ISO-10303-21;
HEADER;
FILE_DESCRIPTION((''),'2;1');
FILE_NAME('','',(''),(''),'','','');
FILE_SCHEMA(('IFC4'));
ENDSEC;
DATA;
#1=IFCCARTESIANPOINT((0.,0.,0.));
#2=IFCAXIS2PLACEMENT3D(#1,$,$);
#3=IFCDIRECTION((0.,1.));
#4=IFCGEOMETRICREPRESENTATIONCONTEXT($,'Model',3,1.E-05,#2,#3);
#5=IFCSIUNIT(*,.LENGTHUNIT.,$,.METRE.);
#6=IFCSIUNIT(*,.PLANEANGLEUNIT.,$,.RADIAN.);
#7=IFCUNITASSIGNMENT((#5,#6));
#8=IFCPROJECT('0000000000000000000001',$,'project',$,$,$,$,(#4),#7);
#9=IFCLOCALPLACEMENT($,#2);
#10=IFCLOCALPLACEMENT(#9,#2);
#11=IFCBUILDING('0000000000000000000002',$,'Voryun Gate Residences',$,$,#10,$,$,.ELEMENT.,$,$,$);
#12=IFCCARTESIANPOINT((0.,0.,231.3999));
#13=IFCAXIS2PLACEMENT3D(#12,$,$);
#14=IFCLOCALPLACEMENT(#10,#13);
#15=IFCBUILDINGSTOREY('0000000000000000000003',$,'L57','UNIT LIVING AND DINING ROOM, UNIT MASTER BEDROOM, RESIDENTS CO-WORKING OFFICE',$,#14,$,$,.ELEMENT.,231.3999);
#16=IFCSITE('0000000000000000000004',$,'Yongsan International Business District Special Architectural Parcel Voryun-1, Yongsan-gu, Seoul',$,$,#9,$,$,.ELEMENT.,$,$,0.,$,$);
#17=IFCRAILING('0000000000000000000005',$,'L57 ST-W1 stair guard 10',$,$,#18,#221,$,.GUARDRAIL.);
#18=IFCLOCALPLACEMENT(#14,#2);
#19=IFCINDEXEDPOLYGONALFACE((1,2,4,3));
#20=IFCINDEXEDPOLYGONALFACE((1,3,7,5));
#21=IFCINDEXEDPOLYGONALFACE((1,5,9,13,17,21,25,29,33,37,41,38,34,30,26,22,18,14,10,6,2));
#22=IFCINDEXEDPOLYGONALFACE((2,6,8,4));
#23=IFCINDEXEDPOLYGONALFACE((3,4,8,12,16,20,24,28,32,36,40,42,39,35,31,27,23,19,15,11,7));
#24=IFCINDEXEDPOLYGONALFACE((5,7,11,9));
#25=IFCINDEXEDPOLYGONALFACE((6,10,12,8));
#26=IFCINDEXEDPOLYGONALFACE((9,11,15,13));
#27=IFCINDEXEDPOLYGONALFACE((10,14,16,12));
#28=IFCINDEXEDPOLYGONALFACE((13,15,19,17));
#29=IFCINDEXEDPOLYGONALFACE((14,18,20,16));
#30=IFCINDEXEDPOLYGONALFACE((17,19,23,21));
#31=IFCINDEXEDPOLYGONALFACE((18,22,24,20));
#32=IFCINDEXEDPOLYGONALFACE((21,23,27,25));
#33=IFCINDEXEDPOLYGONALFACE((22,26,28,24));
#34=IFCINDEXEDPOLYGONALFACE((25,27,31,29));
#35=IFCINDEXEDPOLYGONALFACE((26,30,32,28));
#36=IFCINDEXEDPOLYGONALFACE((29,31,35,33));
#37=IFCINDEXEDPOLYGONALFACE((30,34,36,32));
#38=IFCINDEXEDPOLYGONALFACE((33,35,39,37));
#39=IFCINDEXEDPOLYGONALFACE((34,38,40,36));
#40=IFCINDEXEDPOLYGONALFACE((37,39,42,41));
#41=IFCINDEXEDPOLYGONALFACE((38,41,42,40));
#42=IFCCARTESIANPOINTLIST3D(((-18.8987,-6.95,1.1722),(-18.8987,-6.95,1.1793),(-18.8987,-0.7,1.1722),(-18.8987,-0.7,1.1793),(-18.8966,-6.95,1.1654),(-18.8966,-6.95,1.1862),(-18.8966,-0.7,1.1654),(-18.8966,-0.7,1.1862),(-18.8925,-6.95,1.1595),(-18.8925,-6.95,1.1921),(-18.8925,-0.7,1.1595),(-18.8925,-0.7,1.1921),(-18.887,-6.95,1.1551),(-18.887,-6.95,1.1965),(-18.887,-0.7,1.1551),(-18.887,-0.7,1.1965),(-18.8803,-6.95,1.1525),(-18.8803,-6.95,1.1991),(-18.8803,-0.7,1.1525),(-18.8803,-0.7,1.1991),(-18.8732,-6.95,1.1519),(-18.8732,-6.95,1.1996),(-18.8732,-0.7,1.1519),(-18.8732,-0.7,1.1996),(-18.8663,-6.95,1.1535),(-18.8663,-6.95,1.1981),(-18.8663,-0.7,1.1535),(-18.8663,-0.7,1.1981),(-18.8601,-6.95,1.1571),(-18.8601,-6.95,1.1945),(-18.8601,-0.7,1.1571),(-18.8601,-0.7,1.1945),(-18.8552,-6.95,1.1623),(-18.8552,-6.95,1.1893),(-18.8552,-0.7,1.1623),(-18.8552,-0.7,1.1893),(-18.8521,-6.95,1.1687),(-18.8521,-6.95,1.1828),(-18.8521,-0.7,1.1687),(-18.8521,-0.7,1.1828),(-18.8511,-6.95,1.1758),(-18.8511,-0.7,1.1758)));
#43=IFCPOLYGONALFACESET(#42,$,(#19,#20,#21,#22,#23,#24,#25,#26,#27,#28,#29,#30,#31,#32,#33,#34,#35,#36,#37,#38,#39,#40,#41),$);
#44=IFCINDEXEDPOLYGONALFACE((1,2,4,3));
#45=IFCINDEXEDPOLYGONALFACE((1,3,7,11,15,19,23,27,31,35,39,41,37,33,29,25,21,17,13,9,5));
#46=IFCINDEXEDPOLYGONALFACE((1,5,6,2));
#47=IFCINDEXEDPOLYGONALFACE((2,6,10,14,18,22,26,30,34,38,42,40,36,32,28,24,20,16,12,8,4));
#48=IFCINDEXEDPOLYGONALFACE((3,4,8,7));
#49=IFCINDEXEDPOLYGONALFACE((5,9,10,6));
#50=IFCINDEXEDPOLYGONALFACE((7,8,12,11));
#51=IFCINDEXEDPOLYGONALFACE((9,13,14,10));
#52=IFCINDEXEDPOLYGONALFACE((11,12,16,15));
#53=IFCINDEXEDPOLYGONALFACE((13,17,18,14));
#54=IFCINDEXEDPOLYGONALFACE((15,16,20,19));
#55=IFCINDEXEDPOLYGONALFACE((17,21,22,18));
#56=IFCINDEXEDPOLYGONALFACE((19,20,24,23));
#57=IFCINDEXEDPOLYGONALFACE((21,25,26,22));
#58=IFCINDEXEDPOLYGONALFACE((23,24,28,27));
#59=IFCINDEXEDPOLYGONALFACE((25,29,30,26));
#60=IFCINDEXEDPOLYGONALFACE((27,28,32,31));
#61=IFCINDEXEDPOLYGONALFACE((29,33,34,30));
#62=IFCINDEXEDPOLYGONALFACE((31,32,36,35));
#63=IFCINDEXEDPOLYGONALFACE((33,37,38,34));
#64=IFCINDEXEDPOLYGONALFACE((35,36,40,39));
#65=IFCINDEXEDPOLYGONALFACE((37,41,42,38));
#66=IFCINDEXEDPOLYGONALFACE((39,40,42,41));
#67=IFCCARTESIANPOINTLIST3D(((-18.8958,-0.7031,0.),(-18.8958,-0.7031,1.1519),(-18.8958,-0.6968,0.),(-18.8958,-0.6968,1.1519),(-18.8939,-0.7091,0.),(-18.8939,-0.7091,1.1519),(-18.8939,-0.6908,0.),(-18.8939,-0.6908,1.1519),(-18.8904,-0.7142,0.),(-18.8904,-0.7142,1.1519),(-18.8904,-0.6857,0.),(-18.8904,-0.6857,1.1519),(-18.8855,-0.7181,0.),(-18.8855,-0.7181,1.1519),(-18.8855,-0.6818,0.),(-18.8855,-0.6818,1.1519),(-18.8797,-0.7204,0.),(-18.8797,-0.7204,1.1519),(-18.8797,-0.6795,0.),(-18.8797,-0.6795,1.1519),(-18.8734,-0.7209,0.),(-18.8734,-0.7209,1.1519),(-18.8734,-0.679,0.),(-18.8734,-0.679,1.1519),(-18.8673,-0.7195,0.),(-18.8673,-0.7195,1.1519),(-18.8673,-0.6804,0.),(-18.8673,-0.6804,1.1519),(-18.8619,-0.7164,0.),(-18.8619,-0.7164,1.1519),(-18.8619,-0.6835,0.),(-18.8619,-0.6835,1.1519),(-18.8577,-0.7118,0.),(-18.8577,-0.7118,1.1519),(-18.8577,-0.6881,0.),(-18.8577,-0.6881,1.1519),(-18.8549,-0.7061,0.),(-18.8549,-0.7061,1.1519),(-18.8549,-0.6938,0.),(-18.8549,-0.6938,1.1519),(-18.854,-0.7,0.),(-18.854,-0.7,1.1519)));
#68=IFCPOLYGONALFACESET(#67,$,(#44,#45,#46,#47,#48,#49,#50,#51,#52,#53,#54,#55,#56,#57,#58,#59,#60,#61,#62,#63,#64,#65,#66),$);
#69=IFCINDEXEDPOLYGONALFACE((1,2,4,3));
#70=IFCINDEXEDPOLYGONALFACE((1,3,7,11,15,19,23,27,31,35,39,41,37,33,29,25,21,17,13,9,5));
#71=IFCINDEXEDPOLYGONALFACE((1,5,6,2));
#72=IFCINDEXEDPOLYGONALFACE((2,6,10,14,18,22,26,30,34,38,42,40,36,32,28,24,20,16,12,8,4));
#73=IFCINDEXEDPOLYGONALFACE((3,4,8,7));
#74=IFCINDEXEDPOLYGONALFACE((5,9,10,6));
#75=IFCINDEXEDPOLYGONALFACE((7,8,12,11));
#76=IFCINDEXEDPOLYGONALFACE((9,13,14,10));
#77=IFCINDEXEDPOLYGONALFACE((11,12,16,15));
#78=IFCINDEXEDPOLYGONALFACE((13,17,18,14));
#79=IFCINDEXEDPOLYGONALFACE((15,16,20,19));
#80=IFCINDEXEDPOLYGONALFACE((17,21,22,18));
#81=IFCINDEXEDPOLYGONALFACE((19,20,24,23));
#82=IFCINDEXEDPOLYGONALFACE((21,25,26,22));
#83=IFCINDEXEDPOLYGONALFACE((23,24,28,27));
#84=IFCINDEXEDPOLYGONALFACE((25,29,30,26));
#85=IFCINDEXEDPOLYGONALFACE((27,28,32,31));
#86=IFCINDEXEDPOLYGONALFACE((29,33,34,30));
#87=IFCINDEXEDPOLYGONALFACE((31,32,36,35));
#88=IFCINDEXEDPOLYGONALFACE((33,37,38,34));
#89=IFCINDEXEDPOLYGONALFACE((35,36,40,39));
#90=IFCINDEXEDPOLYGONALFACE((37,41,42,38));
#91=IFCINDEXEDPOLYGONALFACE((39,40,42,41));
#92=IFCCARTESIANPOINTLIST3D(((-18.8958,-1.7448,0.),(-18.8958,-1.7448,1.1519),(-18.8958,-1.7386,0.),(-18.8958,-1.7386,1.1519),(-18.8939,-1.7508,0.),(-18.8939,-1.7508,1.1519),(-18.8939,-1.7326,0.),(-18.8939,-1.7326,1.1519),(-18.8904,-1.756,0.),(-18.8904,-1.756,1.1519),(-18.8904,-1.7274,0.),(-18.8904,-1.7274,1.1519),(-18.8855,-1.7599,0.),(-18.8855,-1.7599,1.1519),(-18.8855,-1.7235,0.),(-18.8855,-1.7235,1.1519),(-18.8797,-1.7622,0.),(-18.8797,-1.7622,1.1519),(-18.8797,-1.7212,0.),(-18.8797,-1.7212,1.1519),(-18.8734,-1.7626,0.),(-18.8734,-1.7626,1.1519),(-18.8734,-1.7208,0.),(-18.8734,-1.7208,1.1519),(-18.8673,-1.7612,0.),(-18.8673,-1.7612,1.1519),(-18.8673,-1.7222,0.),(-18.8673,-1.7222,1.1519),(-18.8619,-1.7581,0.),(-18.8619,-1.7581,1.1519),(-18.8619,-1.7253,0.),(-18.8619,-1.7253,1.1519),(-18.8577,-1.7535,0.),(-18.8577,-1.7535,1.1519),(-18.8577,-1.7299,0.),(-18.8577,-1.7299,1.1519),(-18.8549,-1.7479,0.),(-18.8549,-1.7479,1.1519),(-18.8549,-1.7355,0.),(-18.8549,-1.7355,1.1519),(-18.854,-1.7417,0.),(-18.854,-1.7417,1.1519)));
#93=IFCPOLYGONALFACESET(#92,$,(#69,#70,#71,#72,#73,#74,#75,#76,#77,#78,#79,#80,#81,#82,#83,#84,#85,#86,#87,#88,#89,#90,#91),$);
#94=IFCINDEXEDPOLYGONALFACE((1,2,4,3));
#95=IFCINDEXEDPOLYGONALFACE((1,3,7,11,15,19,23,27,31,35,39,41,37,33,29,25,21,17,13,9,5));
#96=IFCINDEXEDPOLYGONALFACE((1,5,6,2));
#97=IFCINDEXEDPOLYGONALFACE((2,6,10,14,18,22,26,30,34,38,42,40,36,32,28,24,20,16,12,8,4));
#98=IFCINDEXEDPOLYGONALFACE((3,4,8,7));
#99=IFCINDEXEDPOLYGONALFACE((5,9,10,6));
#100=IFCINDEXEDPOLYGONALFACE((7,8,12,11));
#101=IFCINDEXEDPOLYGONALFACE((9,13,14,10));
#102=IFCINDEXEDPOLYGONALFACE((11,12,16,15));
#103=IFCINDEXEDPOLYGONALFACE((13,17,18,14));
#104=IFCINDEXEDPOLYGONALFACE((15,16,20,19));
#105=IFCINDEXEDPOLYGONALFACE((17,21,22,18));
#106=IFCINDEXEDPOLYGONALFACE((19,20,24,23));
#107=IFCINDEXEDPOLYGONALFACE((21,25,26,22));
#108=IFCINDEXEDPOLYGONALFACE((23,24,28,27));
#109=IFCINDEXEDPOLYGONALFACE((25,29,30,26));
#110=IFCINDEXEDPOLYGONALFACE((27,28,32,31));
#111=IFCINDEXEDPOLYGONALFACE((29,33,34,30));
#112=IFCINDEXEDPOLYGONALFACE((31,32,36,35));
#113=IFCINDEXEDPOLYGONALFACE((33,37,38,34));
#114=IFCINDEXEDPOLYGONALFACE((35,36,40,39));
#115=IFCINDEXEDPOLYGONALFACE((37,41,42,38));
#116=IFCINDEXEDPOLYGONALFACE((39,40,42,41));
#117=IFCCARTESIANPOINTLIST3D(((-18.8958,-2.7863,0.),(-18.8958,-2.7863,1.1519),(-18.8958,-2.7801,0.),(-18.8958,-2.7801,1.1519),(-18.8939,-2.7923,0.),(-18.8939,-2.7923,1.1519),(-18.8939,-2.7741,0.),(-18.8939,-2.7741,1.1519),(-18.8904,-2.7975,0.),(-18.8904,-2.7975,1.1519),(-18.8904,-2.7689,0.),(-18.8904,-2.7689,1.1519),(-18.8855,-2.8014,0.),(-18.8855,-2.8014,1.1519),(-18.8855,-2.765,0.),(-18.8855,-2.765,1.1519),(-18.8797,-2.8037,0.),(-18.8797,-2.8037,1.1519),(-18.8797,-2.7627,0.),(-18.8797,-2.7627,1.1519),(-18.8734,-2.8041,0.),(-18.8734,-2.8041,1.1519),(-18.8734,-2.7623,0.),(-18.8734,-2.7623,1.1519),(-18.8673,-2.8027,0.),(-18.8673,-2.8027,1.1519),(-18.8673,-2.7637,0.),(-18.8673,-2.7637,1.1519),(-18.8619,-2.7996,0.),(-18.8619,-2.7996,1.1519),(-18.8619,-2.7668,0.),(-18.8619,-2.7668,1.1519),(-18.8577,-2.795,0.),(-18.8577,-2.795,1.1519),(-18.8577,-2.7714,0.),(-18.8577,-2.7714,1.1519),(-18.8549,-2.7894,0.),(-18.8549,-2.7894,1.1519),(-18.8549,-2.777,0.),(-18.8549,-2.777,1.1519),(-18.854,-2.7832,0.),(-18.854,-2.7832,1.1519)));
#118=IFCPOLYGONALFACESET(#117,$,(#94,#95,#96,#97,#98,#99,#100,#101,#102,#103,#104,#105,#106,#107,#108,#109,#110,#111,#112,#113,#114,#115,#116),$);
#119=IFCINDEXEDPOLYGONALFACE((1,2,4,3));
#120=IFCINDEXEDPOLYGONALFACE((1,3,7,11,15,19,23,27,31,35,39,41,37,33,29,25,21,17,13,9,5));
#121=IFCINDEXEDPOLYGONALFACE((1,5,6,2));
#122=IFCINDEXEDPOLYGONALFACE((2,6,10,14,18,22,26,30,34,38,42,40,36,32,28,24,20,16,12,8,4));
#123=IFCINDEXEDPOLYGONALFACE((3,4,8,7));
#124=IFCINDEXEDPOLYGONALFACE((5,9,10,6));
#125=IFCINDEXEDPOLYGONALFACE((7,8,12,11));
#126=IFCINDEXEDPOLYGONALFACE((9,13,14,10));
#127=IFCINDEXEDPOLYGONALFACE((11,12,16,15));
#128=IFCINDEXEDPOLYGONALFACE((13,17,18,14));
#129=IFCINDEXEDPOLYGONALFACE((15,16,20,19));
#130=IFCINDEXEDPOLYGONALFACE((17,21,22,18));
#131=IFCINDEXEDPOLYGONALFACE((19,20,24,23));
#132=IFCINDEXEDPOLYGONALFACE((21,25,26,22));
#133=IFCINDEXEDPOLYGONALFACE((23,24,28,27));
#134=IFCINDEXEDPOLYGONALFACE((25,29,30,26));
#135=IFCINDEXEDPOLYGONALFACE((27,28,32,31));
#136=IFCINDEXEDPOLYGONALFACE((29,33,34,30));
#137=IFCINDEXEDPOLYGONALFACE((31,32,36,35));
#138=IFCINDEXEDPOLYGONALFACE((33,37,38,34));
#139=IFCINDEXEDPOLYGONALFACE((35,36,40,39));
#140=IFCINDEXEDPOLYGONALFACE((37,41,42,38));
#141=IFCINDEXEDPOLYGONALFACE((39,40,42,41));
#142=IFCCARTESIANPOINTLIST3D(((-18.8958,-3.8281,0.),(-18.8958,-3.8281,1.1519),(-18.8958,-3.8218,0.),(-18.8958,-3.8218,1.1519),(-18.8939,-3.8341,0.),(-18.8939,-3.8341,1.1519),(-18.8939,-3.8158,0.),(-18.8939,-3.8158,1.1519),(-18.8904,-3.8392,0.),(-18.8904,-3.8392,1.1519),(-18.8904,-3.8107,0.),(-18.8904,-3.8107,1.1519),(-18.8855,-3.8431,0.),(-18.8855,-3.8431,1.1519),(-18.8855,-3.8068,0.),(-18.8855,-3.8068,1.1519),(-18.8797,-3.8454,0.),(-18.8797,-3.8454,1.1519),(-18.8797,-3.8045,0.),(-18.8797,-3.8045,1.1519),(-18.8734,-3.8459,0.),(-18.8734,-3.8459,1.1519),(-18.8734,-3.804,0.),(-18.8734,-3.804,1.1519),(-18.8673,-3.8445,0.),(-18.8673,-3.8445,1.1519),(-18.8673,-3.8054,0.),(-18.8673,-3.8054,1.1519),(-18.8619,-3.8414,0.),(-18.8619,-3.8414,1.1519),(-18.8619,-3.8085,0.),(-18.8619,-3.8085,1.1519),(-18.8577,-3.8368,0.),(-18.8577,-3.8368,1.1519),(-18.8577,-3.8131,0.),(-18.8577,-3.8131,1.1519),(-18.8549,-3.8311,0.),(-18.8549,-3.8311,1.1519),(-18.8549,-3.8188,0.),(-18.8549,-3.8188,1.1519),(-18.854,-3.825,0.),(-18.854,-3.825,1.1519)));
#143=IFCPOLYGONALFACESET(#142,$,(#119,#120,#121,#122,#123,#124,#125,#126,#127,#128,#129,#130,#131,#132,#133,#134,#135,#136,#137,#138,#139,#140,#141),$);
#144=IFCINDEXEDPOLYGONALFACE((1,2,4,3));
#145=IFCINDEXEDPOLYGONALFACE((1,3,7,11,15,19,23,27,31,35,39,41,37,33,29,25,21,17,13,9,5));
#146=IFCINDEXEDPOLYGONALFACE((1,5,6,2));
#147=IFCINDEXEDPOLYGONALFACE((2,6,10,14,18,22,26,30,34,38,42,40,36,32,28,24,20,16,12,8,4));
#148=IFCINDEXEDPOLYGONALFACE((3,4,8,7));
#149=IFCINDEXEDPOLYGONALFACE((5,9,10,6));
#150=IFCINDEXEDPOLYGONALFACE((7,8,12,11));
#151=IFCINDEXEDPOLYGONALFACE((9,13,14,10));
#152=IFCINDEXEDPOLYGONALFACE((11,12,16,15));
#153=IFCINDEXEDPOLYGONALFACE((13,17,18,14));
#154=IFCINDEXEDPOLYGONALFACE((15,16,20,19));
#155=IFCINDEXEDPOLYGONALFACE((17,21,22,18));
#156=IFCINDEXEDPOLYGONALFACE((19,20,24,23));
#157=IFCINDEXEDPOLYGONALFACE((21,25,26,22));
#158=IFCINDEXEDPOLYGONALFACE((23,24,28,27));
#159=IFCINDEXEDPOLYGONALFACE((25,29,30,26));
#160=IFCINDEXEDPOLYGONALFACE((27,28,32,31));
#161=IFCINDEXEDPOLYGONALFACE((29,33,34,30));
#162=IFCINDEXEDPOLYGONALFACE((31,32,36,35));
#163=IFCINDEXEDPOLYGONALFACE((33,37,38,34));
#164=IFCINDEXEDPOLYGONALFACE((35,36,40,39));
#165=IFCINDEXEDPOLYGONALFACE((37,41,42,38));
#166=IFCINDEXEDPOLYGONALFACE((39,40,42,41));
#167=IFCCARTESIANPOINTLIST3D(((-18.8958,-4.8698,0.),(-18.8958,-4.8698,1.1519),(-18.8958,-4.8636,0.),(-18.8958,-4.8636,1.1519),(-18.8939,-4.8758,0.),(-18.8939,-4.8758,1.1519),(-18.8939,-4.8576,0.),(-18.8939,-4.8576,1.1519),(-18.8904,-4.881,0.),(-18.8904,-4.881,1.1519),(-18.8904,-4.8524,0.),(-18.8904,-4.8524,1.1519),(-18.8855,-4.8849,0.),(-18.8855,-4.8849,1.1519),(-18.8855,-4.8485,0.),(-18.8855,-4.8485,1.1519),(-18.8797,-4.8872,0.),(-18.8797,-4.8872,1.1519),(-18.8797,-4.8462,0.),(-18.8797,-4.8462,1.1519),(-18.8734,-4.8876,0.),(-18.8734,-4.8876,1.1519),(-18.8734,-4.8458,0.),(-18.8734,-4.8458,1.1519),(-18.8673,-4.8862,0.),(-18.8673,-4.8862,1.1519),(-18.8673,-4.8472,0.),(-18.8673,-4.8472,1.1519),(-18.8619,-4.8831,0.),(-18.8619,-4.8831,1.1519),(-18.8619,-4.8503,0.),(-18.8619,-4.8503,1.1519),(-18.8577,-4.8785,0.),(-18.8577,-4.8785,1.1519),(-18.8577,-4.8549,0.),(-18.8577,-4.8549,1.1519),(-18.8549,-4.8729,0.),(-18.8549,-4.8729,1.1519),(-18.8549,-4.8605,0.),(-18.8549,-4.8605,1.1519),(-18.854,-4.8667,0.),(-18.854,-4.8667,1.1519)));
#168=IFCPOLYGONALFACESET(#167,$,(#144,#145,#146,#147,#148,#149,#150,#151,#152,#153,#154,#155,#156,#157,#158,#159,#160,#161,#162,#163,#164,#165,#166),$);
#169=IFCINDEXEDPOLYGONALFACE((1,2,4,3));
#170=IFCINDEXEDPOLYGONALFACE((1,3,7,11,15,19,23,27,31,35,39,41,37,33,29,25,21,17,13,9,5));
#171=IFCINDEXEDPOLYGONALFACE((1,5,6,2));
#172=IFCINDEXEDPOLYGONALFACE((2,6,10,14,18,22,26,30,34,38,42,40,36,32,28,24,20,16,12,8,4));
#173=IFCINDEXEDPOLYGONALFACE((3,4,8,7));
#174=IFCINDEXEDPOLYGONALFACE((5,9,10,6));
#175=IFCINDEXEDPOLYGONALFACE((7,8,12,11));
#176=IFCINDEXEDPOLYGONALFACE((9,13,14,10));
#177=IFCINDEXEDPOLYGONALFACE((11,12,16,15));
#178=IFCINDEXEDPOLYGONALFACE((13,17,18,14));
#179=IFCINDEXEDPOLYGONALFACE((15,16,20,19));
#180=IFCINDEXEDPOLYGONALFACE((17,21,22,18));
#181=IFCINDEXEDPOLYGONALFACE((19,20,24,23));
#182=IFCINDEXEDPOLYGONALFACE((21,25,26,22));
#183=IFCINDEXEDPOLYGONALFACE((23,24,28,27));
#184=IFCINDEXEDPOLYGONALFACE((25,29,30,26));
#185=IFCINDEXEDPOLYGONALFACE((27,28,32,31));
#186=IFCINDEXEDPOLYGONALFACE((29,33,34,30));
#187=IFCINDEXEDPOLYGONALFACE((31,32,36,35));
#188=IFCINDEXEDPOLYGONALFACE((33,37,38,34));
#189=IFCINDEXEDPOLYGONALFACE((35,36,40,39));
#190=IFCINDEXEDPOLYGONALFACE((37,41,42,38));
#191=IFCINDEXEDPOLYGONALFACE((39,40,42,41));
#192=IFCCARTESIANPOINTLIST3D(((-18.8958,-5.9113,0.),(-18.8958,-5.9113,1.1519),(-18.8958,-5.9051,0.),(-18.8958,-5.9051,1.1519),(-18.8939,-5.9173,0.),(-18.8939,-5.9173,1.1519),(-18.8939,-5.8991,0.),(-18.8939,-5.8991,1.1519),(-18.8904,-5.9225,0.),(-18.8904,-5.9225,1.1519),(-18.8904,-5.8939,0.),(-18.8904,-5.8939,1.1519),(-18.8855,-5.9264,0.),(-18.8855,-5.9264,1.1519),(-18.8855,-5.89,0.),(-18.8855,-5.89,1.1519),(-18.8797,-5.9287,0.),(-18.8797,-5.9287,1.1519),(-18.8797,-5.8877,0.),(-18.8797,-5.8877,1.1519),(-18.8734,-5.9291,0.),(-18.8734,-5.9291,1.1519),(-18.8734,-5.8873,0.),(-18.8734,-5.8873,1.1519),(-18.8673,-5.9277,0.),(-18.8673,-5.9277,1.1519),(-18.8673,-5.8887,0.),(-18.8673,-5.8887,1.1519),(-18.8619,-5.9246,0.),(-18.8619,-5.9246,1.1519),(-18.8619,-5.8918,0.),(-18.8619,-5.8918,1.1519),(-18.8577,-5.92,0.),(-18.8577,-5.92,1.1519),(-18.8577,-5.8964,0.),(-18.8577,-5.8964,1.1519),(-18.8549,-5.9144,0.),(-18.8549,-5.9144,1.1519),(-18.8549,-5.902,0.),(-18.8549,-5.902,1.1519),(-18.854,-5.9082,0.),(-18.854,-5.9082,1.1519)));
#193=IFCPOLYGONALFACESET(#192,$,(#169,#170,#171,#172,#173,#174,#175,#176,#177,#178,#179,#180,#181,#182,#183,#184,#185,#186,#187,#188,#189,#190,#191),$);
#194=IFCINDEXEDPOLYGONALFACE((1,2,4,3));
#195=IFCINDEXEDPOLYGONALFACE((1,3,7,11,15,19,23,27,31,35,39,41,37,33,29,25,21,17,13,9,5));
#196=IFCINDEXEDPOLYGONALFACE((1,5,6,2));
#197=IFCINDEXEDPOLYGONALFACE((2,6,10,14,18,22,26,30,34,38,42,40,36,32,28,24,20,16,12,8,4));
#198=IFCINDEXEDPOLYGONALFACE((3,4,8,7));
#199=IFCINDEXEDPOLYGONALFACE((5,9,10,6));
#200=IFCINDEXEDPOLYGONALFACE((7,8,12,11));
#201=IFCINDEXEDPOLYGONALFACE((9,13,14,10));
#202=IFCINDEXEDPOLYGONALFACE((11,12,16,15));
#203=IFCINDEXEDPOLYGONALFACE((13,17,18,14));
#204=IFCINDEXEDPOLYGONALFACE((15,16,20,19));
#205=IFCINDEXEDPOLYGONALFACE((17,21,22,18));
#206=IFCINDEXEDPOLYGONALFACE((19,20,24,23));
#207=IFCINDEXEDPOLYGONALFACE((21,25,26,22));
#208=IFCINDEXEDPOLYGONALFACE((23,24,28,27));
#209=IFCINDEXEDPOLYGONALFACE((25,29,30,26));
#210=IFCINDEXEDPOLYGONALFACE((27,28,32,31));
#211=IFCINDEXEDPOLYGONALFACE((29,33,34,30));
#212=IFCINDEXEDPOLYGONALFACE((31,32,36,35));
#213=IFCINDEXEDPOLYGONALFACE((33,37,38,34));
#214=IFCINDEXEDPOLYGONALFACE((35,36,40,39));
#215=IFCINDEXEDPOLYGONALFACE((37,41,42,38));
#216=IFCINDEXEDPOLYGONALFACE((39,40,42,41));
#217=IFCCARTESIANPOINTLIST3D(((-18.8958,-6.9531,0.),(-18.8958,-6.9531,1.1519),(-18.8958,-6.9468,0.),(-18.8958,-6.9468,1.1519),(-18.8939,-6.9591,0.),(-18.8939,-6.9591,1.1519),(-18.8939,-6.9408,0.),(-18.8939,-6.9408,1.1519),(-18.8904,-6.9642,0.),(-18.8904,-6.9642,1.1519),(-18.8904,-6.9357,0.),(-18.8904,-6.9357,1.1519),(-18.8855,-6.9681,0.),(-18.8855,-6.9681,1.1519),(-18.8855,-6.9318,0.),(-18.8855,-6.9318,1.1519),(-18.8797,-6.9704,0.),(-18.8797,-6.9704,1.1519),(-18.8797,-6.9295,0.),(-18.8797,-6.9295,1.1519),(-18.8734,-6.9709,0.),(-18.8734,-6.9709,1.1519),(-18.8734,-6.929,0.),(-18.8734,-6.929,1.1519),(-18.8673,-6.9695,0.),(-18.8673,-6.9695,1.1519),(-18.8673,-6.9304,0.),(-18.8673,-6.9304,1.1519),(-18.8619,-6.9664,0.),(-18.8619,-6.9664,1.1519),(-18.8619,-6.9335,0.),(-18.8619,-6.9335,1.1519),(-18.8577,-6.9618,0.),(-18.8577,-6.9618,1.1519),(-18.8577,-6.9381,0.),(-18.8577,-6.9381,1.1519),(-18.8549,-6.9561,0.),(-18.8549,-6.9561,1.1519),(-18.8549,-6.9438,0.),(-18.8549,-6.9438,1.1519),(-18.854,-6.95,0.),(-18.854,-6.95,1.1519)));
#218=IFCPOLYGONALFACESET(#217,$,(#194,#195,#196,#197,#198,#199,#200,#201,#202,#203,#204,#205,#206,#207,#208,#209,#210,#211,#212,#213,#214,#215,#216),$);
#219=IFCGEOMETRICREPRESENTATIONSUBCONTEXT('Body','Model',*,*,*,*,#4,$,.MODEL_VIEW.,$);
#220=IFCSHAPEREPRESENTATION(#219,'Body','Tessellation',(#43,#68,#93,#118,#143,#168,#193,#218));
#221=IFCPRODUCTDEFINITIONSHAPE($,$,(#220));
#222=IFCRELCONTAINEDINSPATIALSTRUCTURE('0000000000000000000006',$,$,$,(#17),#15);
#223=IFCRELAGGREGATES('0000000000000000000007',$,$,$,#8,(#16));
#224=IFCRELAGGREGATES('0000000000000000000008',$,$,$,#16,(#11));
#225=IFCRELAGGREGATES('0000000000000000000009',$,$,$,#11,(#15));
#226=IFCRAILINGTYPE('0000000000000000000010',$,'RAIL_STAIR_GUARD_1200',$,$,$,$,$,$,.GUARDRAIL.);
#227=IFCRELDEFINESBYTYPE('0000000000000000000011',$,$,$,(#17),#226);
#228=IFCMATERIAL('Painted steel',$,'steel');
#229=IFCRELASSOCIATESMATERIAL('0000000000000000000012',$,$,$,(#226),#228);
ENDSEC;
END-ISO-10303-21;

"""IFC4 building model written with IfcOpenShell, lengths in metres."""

from ifc_helpers import new_model, si_unit, direction, frame, origin, origin_2d, place, context, subcontext, project, spatial, circle, extrude, material, type_object, element, save


model = new_model("IFC4")

# Units and contexts
model_context = context("Model", 3, precision=1e-05, world=origin(), true_north=direction((0.0, 1.0)))
body_context = subcontext(model_context, "Body", "Model", "MODEL_VIEW")
ifc_project = project(units=[si_unit("LENGTHUNIT", "METRE"), si_unit("PLANEANGLEUNIT", "RADIAN")], contexts=[model_context])

# Site, building, storey
site_placement = place(None, origin())
site = spatial("IfcSite", under=ifc_project, at=site_placement, Name="Yongsan International Business District Special Architectural Parcel Voryun-1, Yongsan-gu, Seoul", CompositionType="ELEMENT", RefElevation=0.0)
building_placement = place(site_placement, origin())
building = spatial("IfcBuilding", under=site, at=building_placement, Name="Voryun Gate Residences", CompositionType="ELEMENT")
storey_placement = place(building_placement, frame((0.0, 0.0, 231.3999)))
storey = spatial("IfcBuildingStorey", under=building, at=storey_placement, Name="L57", Description="UNIT LIVING AND DINING ROOM, UNIT MASTER BEDROOM, RESIDENTS CO-WORKING OFFICE", CompositionType="ELEMENT", Elevation=231.3999)

# Railing
ifc_material_1 = material(Name="Painted steel", Category="steel")
railing_type_1 = type_object("IfcRailingType", Name="RAIL_STAIR_GUARD_1200", PredefinedType="GUARDRAIL", material=ifc_material_1)
railing_1_placement = place(storey_placement, frame((-18.875, -0.7, 0.0)))
element("IfcRailing", 1, at=railing_1_placement, inside=storey, type_object=railing_type_1, Name="L57 ST-W1 stair guard 10", PredefinedType="GUARDRAIL", context=body_context, shape_type="SweptSolid", body=[
    extrude(circle(Radius=0.0239, at=origin_2d()), frame((0.0, 0.0, 1.1758), z_axis=(0.0, -1.0, 0.0), x_axis=(1.0, 0.0, 0.0)), (0.0, 0.0, 1.0), 6.25),
    extrude(circle(Radius=0.021, at=origin_2d()), origin(), (0.0, 0.0, 1.0), 1.1519),
    extrude(circle(Radius=0.021, at=origin_2d()), frame((0.0, -1.0417, 0.0)), (0.0, 0.0, 1.0), 1.1519),
    extrude(circle(Radius=0.021, at=origin_2d()), frame((0.0, -2.0833, 0.0)), (0.0, 0.0, 1.0), 1.1519),
    extrude(circle(Radius=0.021, at=origin_2d()), frame((0.0, -3.125, 0.0)), (0.0, 0.0, 1.0), 1.1519),
    extrude(circle(Radius=0.021, at=origin_2d()), frame((0.0, -4.1667, 0.0)), (0.0, 0.0, 1.0), 1.1519),
    extrude(circle(Radius=0.021, at=origin_2d()), frame((0.0, -5.2083, 0.0)), (0.0, 0.0, 1.0), 1.1519),
    extrude(circle(Radius=0.021, at=origin_2d()), frame((0.0, -6.25, 0.0)), (0.0, 0.0, 1.0), 1.1519),
])

save(model, "model.ifc")
